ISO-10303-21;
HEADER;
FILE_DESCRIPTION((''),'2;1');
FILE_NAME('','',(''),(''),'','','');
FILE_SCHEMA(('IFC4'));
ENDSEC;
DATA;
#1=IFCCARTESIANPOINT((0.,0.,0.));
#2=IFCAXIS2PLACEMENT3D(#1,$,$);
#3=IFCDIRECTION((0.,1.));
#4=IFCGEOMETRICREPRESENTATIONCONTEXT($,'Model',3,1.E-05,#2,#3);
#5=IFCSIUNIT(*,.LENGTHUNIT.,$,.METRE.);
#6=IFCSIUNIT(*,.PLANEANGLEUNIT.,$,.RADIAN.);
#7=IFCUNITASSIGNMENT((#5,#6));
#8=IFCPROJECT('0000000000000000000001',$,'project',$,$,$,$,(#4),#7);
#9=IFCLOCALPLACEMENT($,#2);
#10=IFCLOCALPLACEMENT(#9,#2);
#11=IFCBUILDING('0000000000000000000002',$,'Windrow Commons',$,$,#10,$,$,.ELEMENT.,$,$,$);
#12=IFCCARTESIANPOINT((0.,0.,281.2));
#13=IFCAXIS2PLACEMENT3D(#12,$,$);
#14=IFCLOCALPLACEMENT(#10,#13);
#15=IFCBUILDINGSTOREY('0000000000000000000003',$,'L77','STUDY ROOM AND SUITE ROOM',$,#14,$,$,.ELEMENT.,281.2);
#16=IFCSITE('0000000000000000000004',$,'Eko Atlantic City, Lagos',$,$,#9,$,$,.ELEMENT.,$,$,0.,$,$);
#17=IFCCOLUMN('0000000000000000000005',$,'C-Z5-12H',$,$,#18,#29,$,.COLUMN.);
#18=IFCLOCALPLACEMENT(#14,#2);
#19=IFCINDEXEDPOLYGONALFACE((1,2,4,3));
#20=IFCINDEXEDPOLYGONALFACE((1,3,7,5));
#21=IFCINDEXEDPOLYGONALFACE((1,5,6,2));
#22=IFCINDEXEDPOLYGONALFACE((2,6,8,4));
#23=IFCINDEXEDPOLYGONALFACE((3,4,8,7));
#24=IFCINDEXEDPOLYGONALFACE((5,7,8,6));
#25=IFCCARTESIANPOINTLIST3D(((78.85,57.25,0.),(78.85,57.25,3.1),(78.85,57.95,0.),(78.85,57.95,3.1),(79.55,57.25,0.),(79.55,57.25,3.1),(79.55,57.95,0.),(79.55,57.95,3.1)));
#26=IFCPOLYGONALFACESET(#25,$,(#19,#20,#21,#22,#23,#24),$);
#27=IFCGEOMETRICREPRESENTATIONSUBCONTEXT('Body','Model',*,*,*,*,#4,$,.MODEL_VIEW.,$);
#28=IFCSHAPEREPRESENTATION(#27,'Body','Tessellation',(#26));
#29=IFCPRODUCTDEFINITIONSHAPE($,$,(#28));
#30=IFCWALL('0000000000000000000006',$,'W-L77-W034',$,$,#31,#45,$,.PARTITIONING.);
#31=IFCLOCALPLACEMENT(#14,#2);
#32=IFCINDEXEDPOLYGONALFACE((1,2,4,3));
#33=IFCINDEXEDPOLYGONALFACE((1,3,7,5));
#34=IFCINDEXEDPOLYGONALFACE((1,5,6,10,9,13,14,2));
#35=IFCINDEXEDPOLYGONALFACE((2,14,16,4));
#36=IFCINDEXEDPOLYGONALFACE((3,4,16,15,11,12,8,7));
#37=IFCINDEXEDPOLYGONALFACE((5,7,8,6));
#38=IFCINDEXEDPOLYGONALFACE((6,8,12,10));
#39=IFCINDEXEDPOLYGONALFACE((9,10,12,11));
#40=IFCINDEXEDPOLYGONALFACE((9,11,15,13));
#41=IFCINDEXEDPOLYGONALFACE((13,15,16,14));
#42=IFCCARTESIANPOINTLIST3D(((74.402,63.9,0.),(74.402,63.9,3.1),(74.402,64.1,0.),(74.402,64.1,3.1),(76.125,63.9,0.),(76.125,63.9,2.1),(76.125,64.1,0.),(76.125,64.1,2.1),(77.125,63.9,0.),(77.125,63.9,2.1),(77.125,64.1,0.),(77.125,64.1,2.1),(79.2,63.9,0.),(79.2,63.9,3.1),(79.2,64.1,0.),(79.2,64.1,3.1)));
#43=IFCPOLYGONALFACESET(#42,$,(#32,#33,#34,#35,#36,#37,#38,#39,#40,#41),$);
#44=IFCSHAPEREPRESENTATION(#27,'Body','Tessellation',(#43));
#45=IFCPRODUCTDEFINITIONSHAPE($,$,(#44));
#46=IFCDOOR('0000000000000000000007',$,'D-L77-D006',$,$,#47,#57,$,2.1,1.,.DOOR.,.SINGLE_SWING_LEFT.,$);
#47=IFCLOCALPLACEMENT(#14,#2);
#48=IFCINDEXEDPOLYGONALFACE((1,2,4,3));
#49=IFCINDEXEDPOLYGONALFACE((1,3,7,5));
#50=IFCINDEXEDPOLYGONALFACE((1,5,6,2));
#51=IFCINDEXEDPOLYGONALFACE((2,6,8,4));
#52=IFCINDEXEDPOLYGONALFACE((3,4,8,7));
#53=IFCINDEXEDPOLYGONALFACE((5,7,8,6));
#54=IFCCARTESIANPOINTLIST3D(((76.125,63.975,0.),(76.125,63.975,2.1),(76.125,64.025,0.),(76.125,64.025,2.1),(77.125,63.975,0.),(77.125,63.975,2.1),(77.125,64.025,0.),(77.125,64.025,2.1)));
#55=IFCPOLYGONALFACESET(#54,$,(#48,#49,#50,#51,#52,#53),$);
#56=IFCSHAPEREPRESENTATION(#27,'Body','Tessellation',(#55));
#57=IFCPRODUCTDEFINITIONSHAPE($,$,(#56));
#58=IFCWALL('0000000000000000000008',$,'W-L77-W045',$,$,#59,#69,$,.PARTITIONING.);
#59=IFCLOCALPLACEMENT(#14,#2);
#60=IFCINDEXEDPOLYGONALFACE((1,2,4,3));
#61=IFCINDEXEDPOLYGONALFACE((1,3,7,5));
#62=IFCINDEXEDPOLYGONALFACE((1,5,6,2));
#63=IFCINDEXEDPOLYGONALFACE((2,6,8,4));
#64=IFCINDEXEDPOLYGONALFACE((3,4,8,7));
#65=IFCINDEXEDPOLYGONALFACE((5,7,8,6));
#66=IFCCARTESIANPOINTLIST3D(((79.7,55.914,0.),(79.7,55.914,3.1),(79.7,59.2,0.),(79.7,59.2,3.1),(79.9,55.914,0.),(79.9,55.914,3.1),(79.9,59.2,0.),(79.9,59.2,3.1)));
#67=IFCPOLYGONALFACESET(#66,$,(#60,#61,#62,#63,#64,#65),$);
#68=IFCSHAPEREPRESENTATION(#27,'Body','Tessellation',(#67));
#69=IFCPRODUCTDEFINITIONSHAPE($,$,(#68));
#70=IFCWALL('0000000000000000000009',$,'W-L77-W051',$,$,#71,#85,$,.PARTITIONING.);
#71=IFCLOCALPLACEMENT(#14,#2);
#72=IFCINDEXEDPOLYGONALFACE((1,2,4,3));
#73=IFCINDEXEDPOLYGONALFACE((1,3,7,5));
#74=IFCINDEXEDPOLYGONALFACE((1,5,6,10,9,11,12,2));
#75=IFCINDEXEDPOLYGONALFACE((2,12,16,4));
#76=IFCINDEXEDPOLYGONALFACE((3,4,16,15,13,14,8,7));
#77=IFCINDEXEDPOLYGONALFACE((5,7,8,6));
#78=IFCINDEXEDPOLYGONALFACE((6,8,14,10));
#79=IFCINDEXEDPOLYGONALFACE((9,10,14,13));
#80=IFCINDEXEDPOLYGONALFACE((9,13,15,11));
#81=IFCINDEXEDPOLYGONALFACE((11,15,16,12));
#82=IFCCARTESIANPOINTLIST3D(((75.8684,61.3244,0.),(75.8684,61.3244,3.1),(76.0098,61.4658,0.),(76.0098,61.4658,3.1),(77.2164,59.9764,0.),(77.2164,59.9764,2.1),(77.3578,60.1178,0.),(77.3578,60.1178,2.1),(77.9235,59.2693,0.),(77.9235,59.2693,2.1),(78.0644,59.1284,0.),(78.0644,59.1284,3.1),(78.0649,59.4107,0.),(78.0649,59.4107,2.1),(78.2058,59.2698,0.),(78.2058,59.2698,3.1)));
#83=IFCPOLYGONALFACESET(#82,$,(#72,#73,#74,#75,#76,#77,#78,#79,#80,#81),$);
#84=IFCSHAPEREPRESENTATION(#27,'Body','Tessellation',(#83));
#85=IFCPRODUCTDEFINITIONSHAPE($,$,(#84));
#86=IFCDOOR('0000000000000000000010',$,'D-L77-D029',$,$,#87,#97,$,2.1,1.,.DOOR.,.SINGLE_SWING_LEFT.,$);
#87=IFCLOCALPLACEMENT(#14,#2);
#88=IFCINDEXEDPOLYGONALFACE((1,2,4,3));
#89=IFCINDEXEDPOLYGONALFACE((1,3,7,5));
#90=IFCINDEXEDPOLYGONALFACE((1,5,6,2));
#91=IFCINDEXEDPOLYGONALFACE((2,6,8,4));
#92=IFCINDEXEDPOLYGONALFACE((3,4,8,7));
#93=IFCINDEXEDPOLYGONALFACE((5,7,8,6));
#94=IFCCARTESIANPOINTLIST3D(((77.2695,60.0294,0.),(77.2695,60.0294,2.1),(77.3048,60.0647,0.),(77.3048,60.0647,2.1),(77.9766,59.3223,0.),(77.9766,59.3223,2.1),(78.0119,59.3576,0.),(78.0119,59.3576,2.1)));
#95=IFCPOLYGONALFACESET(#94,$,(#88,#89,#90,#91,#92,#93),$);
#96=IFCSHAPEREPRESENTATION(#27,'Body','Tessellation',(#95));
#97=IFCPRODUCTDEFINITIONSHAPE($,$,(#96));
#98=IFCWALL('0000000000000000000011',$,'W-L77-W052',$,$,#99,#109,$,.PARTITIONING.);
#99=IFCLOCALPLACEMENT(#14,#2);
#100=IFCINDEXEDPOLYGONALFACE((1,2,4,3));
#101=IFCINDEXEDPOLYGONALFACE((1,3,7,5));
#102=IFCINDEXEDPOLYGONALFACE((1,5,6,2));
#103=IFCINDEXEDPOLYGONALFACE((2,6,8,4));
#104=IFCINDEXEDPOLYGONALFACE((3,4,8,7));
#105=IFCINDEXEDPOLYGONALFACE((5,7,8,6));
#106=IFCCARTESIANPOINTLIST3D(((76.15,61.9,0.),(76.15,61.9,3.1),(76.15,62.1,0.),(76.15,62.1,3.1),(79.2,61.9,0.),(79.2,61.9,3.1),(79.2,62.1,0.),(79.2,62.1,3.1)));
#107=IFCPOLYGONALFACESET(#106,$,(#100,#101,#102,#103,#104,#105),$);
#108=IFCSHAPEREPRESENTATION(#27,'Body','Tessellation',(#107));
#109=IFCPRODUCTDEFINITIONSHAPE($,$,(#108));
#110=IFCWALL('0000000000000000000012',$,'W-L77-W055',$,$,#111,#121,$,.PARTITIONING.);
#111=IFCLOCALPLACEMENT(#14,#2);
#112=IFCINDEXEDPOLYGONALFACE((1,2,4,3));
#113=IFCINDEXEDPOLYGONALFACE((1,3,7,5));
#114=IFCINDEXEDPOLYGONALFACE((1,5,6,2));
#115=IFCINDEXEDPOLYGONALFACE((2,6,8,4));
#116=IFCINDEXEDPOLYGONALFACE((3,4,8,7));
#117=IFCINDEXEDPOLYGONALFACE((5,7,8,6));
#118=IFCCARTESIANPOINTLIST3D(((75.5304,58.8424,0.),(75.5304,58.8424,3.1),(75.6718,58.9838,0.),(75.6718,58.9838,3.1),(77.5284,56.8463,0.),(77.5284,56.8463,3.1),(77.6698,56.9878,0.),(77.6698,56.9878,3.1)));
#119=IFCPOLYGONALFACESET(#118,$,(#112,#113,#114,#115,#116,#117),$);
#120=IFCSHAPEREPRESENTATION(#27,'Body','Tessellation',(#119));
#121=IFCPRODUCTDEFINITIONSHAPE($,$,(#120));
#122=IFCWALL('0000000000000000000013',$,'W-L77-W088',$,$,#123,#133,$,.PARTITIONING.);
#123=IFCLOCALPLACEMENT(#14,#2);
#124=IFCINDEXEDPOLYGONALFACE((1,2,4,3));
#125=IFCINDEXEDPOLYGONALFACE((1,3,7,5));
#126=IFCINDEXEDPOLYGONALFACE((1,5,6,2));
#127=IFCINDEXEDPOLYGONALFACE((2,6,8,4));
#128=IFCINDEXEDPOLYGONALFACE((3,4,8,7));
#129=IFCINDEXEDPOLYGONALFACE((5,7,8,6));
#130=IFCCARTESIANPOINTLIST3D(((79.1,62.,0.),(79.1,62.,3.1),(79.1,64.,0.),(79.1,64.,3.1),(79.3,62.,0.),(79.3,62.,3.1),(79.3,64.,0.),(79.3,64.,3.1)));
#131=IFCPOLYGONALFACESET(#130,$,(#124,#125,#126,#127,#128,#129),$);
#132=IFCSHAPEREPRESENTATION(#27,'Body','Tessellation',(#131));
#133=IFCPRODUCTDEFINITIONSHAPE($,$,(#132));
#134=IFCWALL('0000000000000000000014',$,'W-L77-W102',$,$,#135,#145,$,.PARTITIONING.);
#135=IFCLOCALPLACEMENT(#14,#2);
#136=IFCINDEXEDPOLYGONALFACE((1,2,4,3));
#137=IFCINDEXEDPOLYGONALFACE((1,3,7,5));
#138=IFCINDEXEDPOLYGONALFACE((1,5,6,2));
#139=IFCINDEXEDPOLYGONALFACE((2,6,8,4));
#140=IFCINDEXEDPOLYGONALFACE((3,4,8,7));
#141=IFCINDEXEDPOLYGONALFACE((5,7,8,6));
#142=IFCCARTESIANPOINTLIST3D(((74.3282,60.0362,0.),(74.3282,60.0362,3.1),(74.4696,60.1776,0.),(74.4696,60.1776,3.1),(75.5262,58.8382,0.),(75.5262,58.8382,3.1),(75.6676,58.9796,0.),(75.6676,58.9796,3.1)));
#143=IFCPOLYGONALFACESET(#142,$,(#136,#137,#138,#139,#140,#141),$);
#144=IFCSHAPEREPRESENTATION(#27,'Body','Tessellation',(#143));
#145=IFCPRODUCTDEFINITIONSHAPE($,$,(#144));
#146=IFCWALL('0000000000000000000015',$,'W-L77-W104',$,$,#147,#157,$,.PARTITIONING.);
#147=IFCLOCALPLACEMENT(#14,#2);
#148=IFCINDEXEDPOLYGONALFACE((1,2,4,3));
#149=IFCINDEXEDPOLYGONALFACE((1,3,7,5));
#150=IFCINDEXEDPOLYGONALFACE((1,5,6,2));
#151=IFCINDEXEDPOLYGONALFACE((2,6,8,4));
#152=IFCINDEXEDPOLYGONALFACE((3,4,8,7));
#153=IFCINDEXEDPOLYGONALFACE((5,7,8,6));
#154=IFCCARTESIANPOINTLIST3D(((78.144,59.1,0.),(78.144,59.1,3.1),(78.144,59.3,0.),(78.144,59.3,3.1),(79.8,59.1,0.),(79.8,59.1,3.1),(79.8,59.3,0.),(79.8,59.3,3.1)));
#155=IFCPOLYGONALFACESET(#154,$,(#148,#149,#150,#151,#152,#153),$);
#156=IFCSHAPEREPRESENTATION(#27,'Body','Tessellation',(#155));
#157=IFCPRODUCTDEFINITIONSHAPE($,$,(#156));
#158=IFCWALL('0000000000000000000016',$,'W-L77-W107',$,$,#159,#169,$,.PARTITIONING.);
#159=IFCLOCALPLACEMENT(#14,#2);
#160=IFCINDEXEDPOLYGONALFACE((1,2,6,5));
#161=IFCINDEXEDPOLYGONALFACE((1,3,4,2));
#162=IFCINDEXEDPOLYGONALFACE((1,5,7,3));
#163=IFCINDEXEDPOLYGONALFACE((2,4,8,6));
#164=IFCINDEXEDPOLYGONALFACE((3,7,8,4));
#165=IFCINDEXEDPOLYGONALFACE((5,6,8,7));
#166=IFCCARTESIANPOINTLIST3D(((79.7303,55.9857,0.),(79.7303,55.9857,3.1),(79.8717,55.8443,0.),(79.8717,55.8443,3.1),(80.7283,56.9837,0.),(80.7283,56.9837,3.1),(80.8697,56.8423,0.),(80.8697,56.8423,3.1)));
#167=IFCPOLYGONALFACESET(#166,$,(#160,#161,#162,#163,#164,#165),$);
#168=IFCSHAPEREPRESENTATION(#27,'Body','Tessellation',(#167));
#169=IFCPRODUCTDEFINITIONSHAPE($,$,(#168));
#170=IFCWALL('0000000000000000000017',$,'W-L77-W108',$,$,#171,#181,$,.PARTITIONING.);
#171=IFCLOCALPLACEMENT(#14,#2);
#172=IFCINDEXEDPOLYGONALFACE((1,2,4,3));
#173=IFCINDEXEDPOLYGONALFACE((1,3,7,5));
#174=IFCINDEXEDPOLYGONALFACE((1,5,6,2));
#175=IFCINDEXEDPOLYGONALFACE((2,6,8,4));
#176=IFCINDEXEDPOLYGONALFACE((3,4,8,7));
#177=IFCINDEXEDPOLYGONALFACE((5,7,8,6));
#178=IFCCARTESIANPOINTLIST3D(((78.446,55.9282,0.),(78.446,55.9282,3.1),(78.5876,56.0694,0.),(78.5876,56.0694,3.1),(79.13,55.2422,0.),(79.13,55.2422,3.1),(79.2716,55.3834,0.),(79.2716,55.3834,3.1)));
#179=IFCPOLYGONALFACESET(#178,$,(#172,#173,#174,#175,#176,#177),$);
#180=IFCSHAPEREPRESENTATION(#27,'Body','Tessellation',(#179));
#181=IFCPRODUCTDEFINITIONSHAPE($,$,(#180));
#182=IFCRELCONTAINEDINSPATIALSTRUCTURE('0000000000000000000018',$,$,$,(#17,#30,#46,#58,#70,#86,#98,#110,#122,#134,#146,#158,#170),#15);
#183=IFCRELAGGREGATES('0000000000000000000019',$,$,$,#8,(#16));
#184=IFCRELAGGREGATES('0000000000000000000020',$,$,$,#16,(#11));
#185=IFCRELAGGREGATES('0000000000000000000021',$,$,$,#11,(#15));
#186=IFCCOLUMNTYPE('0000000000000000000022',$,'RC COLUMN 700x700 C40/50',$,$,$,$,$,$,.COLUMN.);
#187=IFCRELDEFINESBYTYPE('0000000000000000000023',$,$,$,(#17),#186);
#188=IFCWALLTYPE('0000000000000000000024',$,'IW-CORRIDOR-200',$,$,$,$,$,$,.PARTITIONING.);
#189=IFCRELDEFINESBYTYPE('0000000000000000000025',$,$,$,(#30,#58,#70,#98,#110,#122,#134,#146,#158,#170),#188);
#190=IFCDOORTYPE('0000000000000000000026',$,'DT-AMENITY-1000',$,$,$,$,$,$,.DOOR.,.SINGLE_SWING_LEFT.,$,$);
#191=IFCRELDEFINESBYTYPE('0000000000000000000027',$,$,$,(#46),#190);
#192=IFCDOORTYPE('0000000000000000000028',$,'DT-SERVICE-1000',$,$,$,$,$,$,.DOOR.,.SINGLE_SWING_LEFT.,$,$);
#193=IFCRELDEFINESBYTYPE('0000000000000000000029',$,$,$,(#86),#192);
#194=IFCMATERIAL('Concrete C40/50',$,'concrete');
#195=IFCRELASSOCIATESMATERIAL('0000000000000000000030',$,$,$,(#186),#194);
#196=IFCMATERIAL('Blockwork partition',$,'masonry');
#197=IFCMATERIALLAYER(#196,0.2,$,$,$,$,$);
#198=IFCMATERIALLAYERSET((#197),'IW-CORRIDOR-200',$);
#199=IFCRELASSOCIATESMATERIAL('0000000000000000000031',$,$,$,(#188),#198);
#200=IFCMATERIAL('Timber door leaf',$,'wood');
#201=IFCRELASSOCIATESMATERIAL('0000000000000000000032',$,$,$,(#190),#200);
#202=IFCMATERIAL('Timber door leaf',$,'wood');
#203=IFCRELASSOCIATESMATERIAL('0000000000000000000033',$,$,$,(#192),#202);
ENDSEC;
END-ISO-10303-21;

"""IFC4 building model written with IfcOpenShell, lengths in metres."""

from ifc_helpers import new_model, si_unit, direction, frame, frame_2d, origin, origin_2d, place, context, subcontext, project, spatial, rectangle, extrude, material, layer, layer_set, material_profile, profile_set, type_object, element, fill, save


model = new_model("IFC4")

# Units and contexts
model_context = context("Model", 3, precision=1e-05, world=origin(), true_north=direction((0.0, 1.0)))
body_context = subcontext(model_context, "Body", "Model", "MODEL_VIEW")
ifc_project = project(units=[si_unit("LENGTHUNIT", "METRE"), si_unit("PLANEANGLEUNIT", "RADIAN")], contexts=[model_context])

# Site, building, storey
site_placement = place(None, origin())
site = spatial("IfcSite", under=ifc_project, at=site_placement, Name="Eko Atlantic City, Lagos", CompositionType="ELEMENT", RefElevation=0.0)
building_placement = place(site_placement, origin())
building = spatial("IfcBuilding", under=site, at=building_placement, Name="Windrow Commons", CompositionType="ELEMENT")
storey_placement = place(building_placement, frame((0.0, 0.0, 281.2)))
storey = spatial("IfcBuildingStorey", under=building, at=storey_placement, Name="L77", Description="STUDY ROOM AND SUITE ROOM", CompositionType="ELEMENT", Elevation=281.2)

# Column
ifc_material_1 = material(Name="Concrete C40/50", Category="concrete")
ifc_material_profile = material_profile(ifc_material_1, rectangle(XDim=0.7, YDim=0.7, at=origin_2d()))
ifc_profile_set = profile_set([ifc_material_profile], Name="Concrete C40/50")
column_type = type_object("IfcColumnType", Name="RC COLUMN 700x700 C40/50", PredefinedType="COLUMN", material=ifc_profile_set)
column_placement = place(storey_placement, frame((79.2, 57.6, 0.0), z_axis=(0.0, 0.0, 1.0), x_axis=(1.0, 0.0, 0.0)))
element("IfcColumn", 1, at=column_placement, inside=storey, type_object=column_type, Name="C-Z5-12H", PredefinedType="COLUMN", context=body_context, shape_type="SweptSolid", body=[
    extrude(rectangle(XDim=0.7, YDim=0.7, at=origin_2d()), origin(), (0.0, 0.0, 1.0), 3.1),
])

# Wall, opening, door
ifc_material_2 = material(Name="Blockwork partition", Category="masonry")
ifc_layer_1 = layer(ifc_material_2, 0.2)
ifc_layer_set_1 = layer_set([ifc_layer_1], Name="IW-CORRIDOR-200")
wall_type_1 = type_object("IfcWallType", Name="IW-CORRIDOR-200", PredefinedType="PARTITIONING", material=ifc_layer_set_1)
wall_1_placement = place(storey_placement, frame((74.402, 64.0, 0.0), z_axis=(0.0, 0.0, 1.0), x_axis=(1.0, 0.0, 0.0)))
wall_1 = element("IfcWall", 2, at=wall_1_placement, inside=storey, type_object=wall_type_1, Name="W-L77-W034", PredefinedType="PARTITIONING", context=body_context, shape_type="SweptSolid", body=[
    extrude(rectangle(XDim=4.798, YDim=0.2, at=frame_2d((2.399, 0.0))), origin(), (0.0, 0.0, 1.0), 3.1),
])
opening_1_placement = place(wall_1_placement, frame((1.723, 0.0, 0.0)))
opening_1 = element("IfcOpeningElement", 3, at=opening_1_placement, cuts=wall_1, PredefinedType="OPENING", context=body_context, shape_type="SweptSolid", body=[
    extrude(rectangle(XDim=1.0, YDim=2.1, at=frame_2d((0.5, 1.05))), frame((0.0, 0.11, 0.0), z_axis=(0.0, -1.0, 0.0), x_axis=(1.0, 0.0, 0.0)), (0.0, 0.0, 1.0), 0.22),
])
ifc_material_3 = material(Name="Timber door leaf", Category="wood")
door_type_1 = type_object("IfcDoorType", Name="DT-AMENITY-1000", OperationType="SINGLE_SWING_LEFT", PredefinedType="DOOR", material=ifc_material_3)
door_1_placement = place(opening_1_placement, origin())
door_1 = element("IfcDoor", 4, at=door_1_placement, inside=storey, type_object=door_type_1, Name="D-L77-D006", OperationType="SINGLE_SWING_LEFT", OverallHeight=2.1, OverallWidth=1.0, PredefinedType="DOOR", context=body_context, shape_type="SweptSolid", body=[
    extrude(rectangle(XDim=1.0, YDim=2.1, at=frame_2d((0.5, 1.05))), frame((0.0, 0.025, 0.0), z_axis=(0.0, -1.0, 0.0), x_axis=(1.0, 0.0, 0.0)), (0.0, 0.0, 1.0), 0.05),
])
fill(opening_1, door_1)

# Wall
wall_2_placement = place(storey_placement, frame((79.8, 55.914, 0.0), z_axis=(0.0, 0.0, 1.0), x_axis=(0.0, 1.0, 0.0)))
element("IfcWall", 5, at=wall_2_placement, inside=storey, type_object=wall_type_1, Name="W-L77-W045", PredefinedType="PARTITIONING", context=body_context, shape_type="SweptSolid", body=[
    extrude(rectangle(XDim=3.286, YDim=0.2, at=frame_2d((1.643, 0.0))), origin(), (0.0, 0.0, 1.0), 3.1),
])

# Wall, opening, door
wall_3_placement = place(storey_placement, frame((75.9391, 61.3951, 0.0), z_axis=(0.0, 0.0, 1.0), x_axis=(0.707107, -0.707107, 0.0)))
wall_3 = element("IfcWall", 6, at=wall_3_placement, inside=storey, type_object=wall_type_1, Name="W-L77-W051", PredefinedType="PARTITIONING", context=body_context, shape_type="SweptSolid", body=[
    extrude(rectangle(XDim=3.1056, YDim=0.2, at=frame_2d((1.5528, 0.0))), origin(), (0.0, 0.0, 1.0), 3.1),
])
opening_2_placement = place(wall_3_placement, frame((1.9064, 0.0, 0.0)))
opening_2 = element("IfcOpeningElement", 7, at=opening_2_placement, cuts=wall_3, PredefinedType="OPENING", context=body_context, shape_type="SweptSolid", body=[
    extrude(rectangle(XDim=1.0, YDim=2.1, at=frame_2d((0.5, 1.05))), frame((0.0, 0.11, 0.0), z_axis=(0.0, -1.0, 0.0), x_axis=(1.0, 0.0, 0.0)), (0.0, 0.0, 1.0), 0.22),
])
ifc_material_4 = material(Name="Timber door leaf", Category="wood")
door_type_2 = type_object("IfcDoorType", Name="DT-SERVICE-1000", OperationType="SINGLE_SWING_LEFT", PredefinedType="DOOR", material=ifc_material_4)
door_2_placement = place(opening_2_placement, origin())
door_2 = element("IfcDoor", 8, at=door_2_placement, inside=storey, type_object=door_type_2, Name="D-L77-D029", OperationType="SINGLE_SWING_LEFT", OverallHeight=2.1, OverallWidth=1.0, PredefinedType="DOOR", context=body_context, shape_type="SweptSolid", body=[
    extrude(rectangle(XDim=1.0, YDim=2.1, at=frame_2d((0.5, 1.05))), frame((0.0, 0.025, 0.0), z_axis=(0.0, -1.0, 0.0), x_axis=(1.0, 0.0, 0.0)), (0.0, 0.0, 1.0), 0.05),
])
fill(opening_2, door_2)

# Walls
wall_4_placement = place(storey_placement, frame((76.15, 62.0, 0.0), z_axis=(0.0, 0.0, 1.0), x_axis=(1.0, 0.0, 0.0)))
element("IfcWall", 9, at=wall_4_placement, inside=storey, type_object=wall_type_1, Name="W-L77-W052", PredefinedType="PARTITIONING", context=body_context, shape_type="SweptSolid", body=[
    extrude(rectangle(XDim=3.05, YDim=0.2, at=frame_2d((1.525, 0.0))), origin(), (0.0, 0.0, 1.0), 3.1),
])
wall_5_placement = place(storey_placement, frame((75.6011, 58.9131, 0.0), z_axis=(0.0, 0.0, 1.0), x_axis=(0.707461, -0.706753, 0.0)))
element("IfcWall", 10, at=wall_5_placement, inside=storey, type_object=wall_type_1, Name="W-L77-W055", PredefinedType="PARTITIONING", context=body_context, shape_type="SweptSolid", body=[
    extrude(rectangle(XDim=2.8242, YDim=0.2, at=frame_2d((1.4121, 0.0))), origin(), (0.0, 0.0, 1.0), 3.1),
])
wall_6_placement = place(storey_placement, frame((79.2, 62.0, 0.0), z_axis=(0.0, 0.0, 1.0), x_axis=(0.0, 1.0, 0.0)))
element("IfcWall", 11, at=wall_6_placement, inside=storey, type_object=wall_type_1, Name="W-L77-W088", PredefinedType="PARTITIONING", context=body_context, shape_type="SweptSolid", body=[
    extrude(rectangle(XDim=2.0, YDim=0.2, at=frame_2d((1.0, 0.0))), origin(), (0.0, 0.0, 1.0), 3.1),
])
wall_7_placement = place(storey_placement, frame((74.3989, 60.1069, 0.0), z_axis=(0.0, 0.0, 1.0), x_axis=(0.707107, -0.707107, 0.0)))
element("IfcWall", 12, at=wall_7_placement, inside=storey, type_object=wall_type_1, Name="W-L77-W102", PredefinedType="PARTITIONING", context=body_context, shape_type="SweptSolid", body=[
    extrude(rectangle(XDim=1.6942, YDim=0.2, at=frame_2d((0.8471, 0.0))), origin(), (0.0, 0.0, 1.0), 3.1),
])
wall_8_placement = place(storey_placement, frame((78.144, 59.2, 0.0), z_axis=(0.0, 0.0, 1.0), x_axis=(1.0, 0.0, 0.0)))
element("IfcWall", 13, at=wall_8_placement, inside=storey, type_object=wall_type_1, Name="W-L77-W104", PredefinedType="PARTITIONING", context=body_context, shape_type="SweptSolid", body=[
    extrude(rectangle(XDim=1.656, YDim=0.2, at=frame_2d((0.828, 0.0))), origin(), (0.0, 0.0, 1.0), 3.1),
])
wall_9_placement = place(storey_placement, frame((79.801, 55.915, 0.0), z_axis=(0.0, 0.0, 1.0), x_axis=(0.707107, 0.707107, 0.0)))
element("IfcWall", 14, at=wall_9_placement, inside=storey, type_object=wall_type_1, Name="W-L77-W107", PredefinedType="PARTITIONING", context=body_context, shape_type="SweptSolid", body=[
    extrude(rectangle(XDim=1.4114, YDim=0.2, at=frame_2d((0.7057, 0.0))), origin(), (0.0, 0.0, 1.0), 3.1),
])
wall_10_placement = place(storey_placement, frame((78.5168, 55.9988, 0.0), z_axis=(0.0, 0.0, 1.0), x_axis=(0.706074, -0.708138, 0.0)))
element("IfcWall", 15, at=wall_10_placement, inside=storey, type_object=wall_type_1, Name="W-L77-W108", PredefinedType="PARTITIONING", context=body_context, shape_type="SweptSolid", body=[
    extrude(rectangle(XDim=0.9687, YDim=0.2, at=frame_2d((0.4844, 0.0))), origin(), (0.0, 0.0, 1.0), 3.1),
])

save(model, "model.ifc")
